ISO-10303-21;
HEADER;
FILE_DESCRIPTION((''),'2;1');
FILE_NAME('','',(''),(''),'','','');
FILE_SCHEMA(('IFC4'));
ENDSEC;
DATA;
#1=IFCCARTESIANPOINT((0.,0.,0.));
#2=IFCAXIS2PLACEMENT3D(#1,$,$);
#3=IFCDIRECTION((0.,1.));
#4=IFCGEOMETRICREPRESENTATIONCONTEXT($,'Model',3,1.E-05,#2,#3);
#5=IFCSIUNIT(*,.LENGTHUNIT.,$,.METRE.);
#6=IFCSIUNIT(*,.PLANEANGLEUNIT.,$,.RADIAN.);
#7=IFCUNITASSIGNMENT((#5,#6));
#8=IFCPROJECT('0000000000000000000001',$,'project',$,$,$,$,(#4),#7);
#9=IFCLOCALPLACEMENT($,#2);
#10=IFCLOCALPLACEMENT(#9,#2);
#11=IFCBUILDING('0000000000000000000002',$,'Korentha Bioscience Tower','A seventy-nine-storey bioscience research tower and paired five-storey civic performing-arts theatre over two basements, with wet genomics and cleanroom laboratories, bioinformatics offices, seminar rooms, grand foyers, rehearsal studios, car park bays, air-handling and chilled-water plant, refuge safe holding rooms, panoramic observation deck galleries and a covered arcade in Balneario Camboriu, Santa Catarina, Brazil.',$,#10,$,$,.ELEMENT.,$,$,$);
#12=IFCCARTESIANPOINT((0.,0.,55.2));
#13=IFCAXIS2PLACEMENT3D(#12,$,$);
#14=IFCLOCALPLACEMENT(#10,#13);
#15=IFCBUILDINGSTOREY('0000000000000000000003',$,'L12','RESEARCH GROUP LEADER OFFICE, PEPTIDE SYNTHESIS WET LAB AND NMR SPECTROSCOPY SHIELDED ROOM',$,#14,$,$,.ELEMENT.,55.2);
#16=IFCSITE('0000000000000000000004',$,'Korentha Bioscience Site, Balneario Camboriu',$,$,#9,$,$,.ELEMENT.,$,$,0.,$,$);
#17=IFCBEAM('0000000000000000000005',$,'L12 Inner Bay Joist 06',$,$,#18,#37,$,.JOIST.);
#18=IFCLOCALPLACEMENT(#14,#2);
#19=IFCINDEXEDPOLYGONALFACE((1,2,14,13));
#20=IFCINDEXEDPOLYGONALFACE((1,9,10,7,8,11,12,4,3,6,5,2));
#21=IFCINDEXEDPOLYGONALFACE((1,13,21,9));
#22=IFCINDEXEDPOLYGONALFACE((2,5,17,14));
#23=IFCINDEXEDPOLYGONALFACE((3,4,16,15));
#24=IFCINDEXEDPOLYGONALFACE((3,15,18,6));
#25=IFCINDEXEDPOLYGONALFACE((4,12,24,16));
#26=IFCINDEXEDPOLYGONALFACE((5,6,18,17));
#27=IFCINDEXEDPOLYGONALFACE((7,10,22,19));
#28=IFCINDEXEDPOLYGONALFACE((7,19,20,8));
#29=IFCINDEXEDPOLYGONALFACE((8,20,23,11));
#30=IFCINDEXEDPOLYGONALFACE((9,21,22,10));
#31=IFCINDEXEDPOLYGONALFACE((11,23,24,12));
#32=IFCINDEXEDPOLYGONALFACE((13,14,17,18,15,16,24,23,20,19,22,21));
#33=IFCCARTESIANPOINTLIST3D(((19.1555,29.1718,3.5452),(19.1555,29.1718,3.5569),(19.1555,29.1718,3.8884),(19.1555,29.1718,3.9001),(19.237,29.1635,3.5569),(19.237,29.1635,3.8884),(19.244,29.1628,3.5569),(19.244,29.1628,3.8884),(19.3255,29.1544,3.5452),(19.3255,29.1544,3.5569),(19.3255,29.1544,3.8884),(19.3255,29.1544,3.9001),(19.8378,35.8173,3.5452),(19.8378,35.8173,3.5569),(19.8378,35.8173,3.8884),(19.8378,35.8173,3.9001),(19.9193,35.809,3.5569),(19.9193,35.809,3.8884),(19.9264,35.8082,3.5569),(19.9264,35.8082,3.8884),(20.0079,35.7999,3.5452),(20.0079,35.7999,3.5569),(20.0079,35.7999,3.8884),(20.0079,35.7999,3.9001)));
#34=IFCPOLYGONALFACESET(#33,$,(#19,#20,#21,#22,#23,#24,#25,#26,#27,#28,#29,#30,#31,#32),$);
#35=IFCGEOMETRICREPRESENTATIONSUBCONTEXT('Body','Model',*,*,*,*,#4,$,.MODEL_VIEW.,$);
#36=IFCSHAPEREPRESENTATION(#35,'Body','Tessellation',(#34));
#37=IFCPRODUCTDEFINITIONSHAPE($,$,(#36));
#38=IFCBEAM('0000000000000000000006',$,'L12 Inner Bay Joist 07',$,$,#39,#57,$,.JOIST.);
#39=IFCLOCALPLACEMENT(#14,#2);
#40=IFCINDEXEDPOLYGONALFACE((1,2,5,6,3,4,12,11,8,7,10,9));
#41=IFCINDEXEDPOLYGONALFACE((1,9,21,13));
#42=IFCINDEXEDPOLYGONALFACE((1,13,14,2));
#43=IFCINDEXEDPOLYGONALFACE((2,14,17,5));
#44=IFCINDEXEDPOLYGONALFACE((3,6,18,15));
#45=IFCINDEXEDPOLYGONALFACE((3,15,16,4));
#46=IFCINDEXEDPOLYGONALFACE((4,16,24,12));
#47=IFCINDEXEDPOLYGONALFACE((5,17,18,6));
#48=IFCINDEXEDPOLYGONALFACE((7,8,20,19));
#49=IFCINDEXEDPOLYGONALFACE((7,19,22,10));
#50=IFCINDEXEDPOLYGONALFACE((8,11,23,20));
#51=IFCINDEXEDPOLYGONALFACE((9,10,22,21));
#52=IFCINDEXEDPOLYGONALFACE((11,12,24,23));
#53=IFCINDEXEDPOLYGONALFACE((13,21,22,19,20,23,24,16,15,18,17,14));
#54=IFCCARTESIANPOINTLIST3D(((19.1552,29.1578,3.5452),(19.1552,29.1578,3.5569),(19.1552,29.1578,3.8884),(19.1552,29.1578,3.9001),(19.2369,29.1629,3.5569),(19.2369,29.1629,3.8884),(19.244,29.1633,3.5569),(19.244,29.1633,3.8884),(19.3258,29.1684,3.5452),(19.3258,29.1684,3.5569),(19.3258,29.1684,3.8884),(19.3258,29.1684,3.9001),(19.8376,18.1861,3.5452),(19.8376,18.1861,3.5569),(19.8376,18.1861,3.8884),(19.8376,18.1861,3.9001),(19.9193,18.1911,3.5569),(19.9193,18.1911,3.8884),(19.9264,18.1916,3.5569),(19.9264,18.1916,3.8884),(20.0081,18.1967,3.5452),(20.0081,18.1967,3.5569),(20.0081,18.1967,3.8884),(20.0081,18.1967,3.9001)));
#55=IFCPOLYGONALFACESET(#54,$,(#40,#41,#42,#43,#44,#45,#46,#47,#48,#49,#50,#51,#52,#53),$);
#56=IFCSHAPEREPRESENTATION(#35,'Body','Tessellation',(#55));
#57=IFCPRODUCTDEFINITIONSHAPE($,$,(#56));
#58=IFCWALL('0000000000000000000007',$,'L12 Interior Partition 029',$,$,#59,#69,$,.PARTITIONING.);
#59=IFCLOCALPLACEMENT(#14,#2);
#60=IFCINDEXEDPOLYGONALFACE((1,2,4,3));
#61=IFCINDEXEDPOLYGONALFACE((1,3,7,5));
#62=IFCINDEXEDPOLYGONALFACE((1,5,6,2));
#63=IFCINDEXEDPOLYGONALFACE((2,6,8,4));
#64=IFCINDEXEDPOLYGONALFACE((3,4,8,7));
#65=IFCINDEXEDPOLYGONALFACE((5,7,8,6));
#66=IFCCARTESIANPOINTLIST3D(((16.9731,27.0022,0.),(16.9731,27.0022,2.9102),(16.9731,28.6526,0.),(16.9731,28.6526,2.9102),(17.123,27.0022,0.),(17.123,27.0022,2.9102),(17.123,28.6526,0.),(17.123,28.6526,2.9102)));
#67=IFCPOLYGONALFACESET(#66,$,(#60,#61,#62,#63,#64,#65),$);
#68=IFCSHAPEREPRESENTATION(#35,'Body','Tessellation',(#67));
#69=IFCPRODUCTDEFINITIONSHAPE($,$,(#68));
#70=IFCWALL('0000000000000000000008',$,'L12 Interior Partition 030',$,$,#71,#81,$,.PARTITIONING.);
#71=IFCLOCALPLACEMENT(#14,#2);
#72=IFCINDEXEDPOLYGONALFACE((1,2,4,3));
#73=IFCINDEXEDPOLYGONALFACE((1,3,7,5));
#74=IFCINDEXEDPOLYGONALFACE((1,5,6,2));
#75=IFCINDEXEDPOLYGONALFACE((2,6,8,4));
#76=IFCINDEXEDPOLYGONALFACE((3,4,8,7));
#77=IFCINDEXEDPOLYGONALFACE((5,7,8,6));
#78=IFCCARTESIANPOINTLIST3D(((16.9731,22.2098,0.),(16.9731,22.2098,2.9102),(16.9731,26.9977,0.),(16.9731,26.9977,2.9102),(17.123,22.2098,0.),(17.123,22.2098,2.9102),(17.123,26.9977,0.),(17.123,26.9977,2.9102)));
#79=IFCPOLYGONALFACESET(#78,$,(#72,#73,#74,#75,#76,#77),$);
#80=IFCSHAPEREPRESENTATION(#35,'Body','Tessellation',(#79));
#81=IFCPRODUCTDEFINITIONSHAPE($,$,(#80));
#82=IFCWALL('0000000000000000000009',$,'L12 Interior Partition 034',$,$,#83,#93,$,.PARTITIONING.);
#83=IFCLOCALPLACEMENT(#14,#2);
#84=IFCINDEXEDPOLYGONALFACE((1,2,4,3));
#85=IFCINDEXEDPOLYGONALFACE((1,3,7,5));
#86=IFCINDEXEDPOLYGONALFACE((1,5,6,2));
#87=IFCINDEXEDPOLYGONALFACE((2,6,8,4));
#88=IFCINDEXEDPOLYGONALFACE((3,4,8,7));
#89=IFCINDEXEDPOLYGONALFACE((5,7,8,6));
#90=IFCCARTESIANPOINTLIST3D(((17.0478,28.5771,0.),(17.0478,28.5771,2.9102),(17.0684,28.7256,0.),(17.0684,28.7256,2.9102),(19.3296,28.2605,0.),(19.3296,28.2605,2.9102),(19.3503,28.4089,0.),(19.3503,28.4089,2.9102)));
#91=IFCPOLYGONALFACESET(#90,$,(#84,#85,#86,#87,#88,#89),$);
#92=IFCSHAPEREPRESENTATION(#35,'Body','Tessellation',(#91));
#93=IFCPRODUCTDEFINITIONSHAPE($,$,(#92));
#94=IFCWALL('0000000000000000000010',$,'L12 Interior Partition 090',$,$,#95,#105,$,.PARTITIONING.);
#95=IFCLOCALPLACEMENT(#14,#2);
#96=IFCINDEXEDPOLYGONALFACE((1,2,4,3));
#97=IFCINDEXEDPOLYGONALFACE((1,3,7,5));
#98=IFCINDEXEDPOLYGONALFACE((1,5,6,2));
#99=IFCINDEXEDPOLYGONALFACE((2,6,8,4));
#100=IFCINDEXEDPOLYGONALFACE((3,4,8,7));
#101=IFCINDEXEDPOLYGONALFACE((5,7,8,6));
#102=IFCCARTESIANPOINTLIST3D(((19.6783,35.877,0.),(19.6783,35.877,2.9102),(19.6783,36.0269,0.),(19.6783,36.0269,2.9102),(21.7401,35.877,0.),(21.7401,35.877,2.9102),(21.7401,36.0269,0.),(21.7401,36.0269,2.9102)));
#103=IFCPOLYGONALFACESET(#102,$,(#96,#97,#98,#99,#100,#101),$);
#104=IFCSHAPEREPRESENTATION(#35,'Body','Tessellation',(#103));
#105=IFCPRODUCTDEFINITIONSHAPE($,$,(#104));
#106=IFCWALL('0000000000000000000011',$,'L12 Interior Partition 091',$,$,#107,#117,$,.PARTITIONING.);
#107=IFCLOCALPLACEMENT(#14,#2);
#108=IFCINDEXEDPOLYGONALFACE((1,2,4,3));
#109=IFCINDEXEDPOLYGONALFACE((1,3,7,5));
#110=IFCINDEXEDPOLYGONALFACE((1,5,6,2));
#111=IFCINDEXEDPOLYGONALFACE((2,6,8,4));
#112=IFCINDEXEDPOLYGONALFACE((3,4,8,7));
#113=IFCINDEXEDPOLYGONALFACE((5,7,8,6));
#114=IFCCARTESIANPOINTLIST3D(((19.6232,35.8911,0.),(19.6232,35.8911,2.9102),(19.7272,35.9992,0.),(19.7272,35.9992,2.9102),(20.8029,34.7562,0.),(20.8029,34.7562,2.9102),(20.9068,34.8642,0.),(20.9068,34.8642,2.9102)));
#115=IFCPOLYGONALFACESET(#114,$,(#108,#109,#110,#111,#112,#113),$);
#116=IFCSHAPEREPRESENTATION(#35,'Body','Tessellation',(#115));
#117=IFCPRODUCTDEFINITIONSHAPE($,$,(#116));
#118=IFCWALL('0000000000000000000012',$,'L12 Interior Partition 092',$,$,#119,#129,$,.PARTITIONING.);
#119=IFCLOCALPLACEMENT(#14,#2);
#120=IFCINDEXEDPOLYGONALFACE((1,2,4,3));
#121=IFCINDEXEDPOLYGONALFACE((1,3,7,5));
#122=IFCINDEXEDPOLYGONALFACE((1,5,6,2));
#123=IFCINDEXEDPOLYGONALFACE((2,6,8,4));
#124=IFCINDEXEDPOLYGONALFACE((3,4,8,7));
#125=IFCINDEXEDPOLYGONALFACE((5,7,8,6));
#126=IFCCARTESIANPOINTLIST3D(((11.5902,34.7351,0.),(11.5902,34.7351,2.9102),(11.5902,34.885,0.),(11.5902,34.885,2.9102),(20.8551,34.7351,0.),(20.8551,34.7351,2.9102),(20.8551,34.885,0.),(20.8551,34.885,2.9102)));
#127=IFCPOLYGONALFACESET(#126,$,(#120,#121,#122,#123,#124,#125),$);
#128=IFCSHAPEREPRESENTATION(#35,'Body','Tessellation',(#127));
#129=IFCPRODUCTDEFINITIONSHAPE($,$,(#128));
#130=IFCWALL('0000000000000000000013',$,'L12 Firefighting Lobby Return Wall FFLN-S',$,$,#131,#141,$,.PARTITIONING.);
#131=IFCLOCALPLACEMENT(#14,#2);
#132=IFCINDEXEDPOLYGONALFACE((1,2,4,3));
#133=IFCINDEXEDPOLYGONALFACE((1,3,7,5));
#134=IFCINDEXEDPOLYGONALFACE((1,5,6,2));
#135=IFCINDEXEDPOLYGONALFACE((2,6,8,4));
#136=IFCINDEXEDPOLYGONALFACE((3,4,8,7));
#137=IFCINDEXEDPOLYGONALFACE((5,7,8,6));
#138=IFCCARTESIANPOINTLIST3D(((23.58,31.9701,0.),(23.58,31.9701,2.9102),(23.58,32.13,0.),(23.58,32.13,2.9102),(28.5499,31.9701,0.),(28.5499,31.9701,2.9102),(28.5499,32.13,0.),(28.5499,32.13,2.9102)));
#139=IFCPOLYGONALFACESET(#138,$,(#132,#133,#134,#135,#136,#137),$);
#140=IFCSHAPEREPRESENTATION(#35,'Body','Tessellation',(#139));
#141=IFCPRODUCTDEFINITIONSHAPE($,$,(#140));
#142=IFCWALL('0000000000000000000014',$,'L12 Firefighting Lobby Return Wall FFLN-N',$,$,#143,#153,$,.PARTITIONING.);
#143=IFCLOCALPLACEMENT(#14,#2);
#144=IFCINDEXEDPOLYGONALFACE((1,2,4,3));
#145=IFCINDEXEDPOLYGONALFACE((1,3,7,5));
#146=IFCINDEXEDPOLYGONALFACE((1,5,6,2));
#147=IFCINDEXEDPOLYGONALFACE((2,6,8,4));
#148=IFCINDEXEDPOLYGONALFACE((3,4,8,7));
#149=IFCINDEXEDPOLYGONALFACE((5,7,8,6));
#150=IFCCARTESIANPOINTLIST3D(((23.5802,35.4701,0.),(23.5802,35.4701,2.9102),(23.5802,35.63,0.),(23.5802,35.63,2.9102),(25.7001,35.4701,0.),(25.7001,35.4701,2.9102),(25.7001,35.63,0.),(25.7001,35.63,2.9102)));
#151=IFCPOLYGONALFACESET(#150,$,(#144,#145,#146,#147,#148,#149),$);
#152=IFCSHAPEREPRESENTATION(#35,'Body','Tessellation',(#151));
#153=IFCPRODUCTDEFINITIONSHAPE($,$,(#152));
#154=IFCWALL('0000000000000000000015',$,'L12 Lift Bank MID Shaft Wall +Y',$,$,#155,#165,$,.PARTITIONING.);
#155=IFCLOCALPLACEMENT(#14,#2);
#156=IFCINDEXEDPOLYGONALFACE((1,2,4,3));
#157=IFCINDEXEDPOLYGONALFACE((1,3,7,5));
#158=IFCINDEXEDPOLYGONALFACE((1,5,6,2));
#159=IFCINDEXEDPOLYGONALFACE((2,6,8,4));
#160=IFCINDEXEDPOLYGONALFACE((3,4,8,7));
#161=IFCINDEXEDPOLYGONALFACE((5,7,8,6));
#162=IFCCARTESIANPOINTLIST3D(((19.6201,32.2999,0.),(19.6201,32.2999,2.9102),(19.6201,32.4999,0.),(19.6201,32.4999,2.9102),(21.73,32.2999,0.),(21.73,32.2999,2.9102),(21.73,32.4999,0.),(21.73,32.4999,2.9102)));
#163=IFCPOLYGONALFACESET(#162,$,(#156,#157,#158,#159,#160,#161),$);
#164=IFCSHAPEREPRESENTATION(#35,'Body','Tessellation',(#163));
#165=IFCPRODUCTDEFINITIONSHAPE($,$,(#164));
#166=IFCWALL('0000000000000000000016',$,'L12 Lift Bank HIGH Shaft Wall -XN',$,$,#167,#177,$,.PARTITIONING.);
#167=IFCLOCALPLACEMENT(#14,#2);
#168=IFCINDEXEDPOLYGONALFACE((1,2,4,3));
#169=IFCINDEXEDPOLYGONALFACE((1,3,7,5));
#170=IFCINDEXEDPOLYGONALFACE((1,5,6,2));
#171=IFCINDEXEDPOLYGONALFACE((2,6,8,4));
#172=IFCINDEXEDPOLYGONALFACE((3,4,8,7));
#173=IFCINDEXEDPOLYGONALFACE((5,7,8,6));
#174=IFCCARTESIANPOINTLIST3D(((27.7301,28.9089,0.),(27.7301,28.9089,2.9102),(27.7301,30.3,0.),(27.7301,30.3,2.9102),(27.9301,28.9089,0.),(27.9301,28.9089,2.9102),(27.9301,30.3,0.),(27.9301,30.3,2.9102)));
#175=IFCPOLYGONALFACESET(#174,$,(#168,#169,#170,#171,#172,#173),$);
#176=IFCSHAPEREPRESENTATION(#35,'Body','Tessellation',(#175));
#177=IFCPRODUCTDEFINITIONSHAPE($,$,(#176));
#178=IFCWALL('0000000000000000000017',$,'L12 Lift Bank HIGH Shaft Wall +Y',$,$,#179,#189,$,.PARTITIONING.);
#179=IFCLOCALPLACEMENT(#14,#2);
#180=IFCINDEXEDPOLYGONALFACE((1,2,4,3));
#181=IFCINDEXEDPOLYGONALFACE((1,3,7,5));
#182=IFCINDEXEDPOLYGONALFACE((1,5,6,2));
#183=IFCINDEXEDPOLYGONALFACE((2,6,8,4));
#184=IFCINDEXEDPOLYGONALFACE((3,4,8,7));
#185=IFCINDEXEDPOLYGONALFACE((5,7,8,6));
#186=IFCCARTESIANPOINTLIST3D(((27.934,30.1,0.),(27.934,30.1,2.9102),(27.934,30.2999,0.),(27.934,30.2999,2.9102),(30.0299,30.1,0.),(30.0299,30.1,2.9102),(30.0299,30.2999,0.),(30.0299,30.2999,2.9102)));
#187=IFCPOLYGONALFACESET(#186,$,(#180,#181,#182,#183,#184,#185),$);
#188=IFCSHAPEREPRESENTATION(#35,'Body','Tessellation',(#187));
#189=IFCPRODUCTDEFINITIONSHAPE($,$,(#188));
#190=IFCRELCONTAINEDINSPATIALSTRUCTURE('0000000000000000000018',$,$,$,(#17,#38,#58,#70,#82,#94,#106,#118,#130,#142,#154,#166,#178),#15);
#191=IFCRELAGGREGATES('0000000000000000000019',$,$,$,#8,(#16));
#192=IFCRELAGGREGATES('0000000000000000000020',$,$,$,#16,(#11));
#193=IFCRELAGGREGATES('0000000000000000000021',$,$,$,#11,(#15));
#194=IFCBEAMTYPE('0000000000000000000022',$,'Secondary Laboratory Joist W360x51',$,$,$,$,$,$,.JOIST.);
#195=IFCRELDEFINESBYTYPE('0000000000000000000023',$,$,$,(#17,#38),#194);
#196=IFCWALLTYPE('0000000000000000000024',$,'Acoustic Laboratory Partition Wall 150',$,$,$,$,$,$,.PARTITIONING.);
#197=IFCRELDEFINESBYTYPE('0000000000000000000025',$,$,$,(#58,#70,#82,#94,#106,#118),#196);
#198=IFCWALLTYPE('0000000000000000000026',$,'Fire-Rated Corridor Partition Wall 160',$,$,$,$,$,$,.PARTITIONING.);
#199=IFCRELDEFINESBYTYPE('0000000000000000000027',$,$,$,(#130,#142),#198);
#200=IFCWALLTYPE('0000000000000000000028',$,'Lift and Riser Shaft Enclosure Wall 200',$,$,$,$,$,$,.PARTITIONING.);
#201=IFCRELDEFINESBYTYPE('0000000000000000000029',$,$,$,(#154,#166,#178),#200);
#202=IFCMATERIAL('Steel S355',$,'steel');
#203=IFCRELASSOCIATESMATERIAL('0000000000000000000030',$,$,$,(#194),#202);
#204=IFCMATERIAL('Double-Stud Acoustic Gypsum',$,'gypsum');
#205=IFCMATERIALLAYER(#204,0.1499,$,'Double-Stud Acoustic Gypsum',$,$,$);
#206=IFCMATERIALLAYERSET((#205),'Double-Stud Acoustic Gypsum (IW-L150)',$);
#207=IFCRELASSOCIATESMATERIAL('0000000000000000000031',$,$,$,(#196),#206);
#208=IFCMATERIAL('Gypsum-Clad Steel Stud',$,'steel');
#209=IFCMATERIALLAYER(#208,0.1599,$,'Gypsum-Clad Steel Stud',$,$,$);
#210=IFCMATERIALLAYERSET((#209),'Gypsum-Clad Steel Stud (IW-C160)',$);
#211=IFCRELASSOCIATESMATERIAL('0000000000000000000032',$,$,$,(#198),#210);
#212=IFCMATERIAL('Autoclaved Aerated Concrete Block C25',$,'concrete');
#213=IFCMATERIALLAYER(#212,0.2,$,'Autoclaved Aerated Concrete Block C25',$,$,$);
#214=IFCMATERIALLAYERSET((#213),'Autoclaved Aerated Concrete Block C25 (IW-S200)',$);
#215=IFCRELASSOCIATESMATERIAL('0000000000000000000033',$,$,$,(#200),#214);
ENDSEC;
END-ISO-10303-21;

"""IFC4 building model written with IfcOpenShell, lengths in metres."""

from ifc_helpers import new_model, si_unit, direction, frame, frame_2d, origin, origin_2d, place, context, subcontext, project, spatial, rectangle, i_section, extrude, material, layer, layer_set, material_profile, profile_set, type_object, element, save


model = new_model("IFC4")

# Units and contexts
model_context = context("Model", 3, precision=1e-05, world=origin(), true_north=direction((0.0, 1.0)))
body_context = subcontext(model_context, "Body", "Model", "MODEL_VIEW")
ifc_project = project(units=[si_unit("LENGTHUNIT", "METRE"), si_unit("PLANEANGLEUNIT", "RADIAN")], contexts=[model_context])

# Site, building, storey
site_placement = place(None, origin())
site = spatial("IfcSite", under=ifc_project, at=site_placement, Name="Korentha Bioscience Site, Balneario Camboriu", CompositionType="ELEMENT", RefElevation=0.0)
building_placement = place(site_placement, origin())
building = spatial("IfcBuilding", under=site, at=building_placement, Name="Korentha Bioscience Tower", Description="A seventy-nine-storey bioscience research tower and paired five-storey civic performing-arts theatre over two basements, with wet genomics and cleanroom laboratories, bioinformatics offices, seminar rooms, grand foyers, rehearsal studios, car park bays, air-handling and chilled-water plant, refuge safe holding rooms, panoramic observation deck galleries and a covered arcade in Balneario Camboriu, Santa Catarina, Brazil.", CompositionType="ELEMENT")
storey_placement = place(building_placement, frame((0.0, 0.0, 55.2)))
storey = spatial("IfcBuildingStorey", under=building, at=storey_placement, Name="L12", Description="RESEARCH GROUP LEADER OFFICE, PEPTIDE SYNTHESIS WET LAB AND NMR SPECTROSCOPY SHIELDED ROOM", CompositionType="ELEMENT", Elevation=55.2)

# Beams
ifc_material_1 = material(Name="Steel S355", Category="steel")
ifc_material_profile_1 = material_profile(ifc_material_1, i_section(OverallWidth=0.1709, OverallDepth=0.355, WebThickness=0.0071, FlangeThickness=0.0117, at=origin_2d()), Name="Steel S355")
ifc_profile_set_1 = profile_set([ifc_material_profile_1], Name="Steel S355 (JB-360)")
beam_type_1 = type_object("IfcBeamType", Name="Secondary Laboratory Joist W360x51", PredefinedType="JOIST", material=ifc_profile_set_1)
beam_1_placement = place(storey_placement, frame((19.9229, 35.8086, 3.7227), z_axis=(-0.102145, -0.99477, 0.0), x_axis=(0.99477, -0.102145, 0.0)))
element("IfcBeam", 1, at=beam_1_placement, inside=storey, type_object=beam_type_1, Name="L12 Inner Bay Joist 06", PredefinedType="JOIST", context=body_context, shape_type="SweptSolid", body=[
    extrude(i_section(OverallWidth=0.1709, OverallDepth=0.355, WebThickness=0.0071, FlangeThickness=0.0117, at=origin_2d()), origin(), (0.0, 0.0, 1.0), 6.6804),
])
beam_2_placement = place(storey_placement, frame((19.2405, 29.1631, 3.7227), z_axis=(0.062074, -0.998072, 0.0), x_axis=(0.998072, 0.062074, 0.0)))
element("IfcBeam", 2, at=beam_2_placement, inside=storey, type_object=beam_type_1, Name="L12 Inner Bay Joist 07", PredefinedType="JOIST", context=body_context, shape_type="SweptSolid", body=[
    extrude(i_section(OverallWidth=0.1709, OverallDepth=0.355, WebThickness=0.0071, FlangeThickness=0.0117, at=origin_2d()), origin(), (0.0, 0.0, 1.0), 10.9929),
])

# Walls
ifc_material_2 = material(Name="Double-Stud Acoustic Gypsum", Category="gypsum")
ifc_layer_1 = layer(ifc_material_2, 0.1499, Name="Double-Stud Acoustic Gypsum")
ifc_layer_set_1 = layer_set([ifc_layer_1], Name="Double-Stud Acoustic Gypsum (IW-L150)")
wall_type_1 = type_object("IfcWallType", Name="Acoustic Laboratory Partition Wall 150", PredefinedType="PARTITIONING", material=ifc_layer_set_1)
wall_1_placement = place(storey_placement, frame((17.0481, 28.6526, 0.0), z_axis=(0.0, 0.0, 1.0), x_axis=(0.0, -1.0, 0.0)))
element("IfcWall", 3, at=wall_1_placement, inside=storey, type_object=wall_type_1, Name="L12 Interior Partition 029", PredefinedType="PARTITIONING", context=body_context, shape_type="SweptSolid", body=[
    extrude(rectangle(XDim=1.6504, YDim=0.1499, at=frame_2d((0.8252, 0.0))), origin(), (0.0, 0.0, 1.0), 2.9102),
])
wall_2_placement = place(storey_placement, frame((17.0481, 26.9978, 0.0), z_axis=(0.0, 0.0, 1.0), x_axis=(0.0, -1.0, 0.0)))
element("IfcWall", 4, at=wall_2_placement, inside=storey, type_object=wall_type_1, Name="L12 Interior Partition 030", PredefinedType="PARTITIONING", context=body_context, shape_type="SweptSolid", body=[
    extrude(rectangle(XDim=4.7878, YDim=0.1499, at=frame_2d((2.394, 0.0))), origin(), (0.0, 0.0, 1.0), 2.9102),
])
wall_3_placement = place(storey_placement, frame((17.0581, 28.6514, 0.0), z_axis=(0.0, 0.0, 1.0), x_axis=(0.990508, -0.137459, 0.0)))
element("IfcWall", 5, at=wall_3_placement, inside=storey, type_object=wall_type_1, Name="L12 Interior Partition 034", PredefinedType="PARTITIONING", context=body_context, shape_type="SweptSolid", body=[
    extrude(rectangle(XDim=2.3037, YDim=0.1499, at=frame_2d((1.1519, 0.0))), origin(), (0.0, 0.0, 1.0), 2.9102),
])
wall_4_placement = place(storey_placement, frame((21.74, 35.9519, 0.0), z_axis=(0.0, 0.0, 1.0), x_axis=(-1.0, 0.0, 0.0)))
element("IfcWall", 6, at=wall_4_placement, inside=storey, type_object=wall_type_1, Name="L12 Interior Partition 090", PredefinedType="PARTITIONING", context=body_context, shape_type="SweptSolid", body=[
    extrude(rectangle(XDim=2.0618, YDim=0.1499, at=frame_2d((1.0308, 0.0))), origin(), (0.0, 0.0, 1.0), 2.9102),
])
wall_5_placement = place(storey_placement, frame((19.6753, 35.9451, 0.0), z_axis=(0.0, 0.0, 1.0), x_axis=(0.720621, -0.693329, 0.0)))
element("IfcWall", 7, at=wall_5_placement, inside=storey, type_object=wall_type_1, Name="L12 Interior Partition 091", PredefinedType="PARTITIONING", context=body_context, shape_type="SweptSolid", body=[
    extrude(rectangle(XDim=1.637, YDim=0.1499, at=frame_2d((0.8184, 0.0))), origin(), (0.0, 0.0, 1.0), 2.9102),
])
wall_6_placement = place(storey_placement, frame((20.855, 34.8101, 0.0), z_axis=(0.0, 0.0, 1.0), x_axis=(-1.0, 0.0, 0.0)))
element("IfcWall", 8, at=wall_6_placement, inside=storey, type_object=wall_type_1, Name="L12 Interior Partition 092", PredefinedType="PARTITIONING", context=body_context, shape_type="SweptSolid", body=[
    extrude(rectangle(XDim=9.2649, YDim=0.1499, at=frame_2d((4.6323, 0.0))), origin(), (0.0, 0.0, 1.0), 2.9102),
])

# Shared definitions
ifc_material_3 = material(Name="Gypsum-Clad Steel Stud", Category="steel")
ifc_layer_2 = layer(ifc_material_3, 0.1599, Name="Gypsum-Clad Steel Stud")
ifc_layer_set_2 = layer_set([ifc_layer_2], Name="Gypsum-Clad Steel Stud (IW-C160)")
wall_type_2 = type_object("IfcWallType", Name="Fire-Rated Corridor Partition Wall 160", PredefinedType="PARTITIONING", material=ifc_layer_set_2)

# Walls
wall_7_placement = place(storey_placement, frame((23.5801, 32.05, 0.0), z_axis=(0.0, 0.0, 1.0), x_axis=(1.0, 0.0, 0.0)))
element("IfcWall", 9, at=wall_7_placement, inside=storey, type_object=wall_type_2, Name="L12 Firefighting Lobby Return Wall FFLN-S", PredefinedType="PARTITIONING", context=body_context, shape_type="SweptSolid", body=[
    extrude(rectangle(XDim=4.97, YDim=0.1599, at=frame_2d((2.4849, 0.0))), origin(), (0.0, 0.0, 1.0), 2.9102),
])
wall_8_placement = place(storey_placement, frame((23.5801, 35.55, 0.0), z_axis=(0.0, 0.0, 1.0), x_axis=(1.0, 0.0, 0.0)))
element("IfcWall", 10, at=wall_8_placement, inside=storey, type_object=wall_type_2, Name="L12 Firefighting Lobby Return Wall FFLN-N", PredefinedType="PARTITIONING", context=body_context, shape_type="SweptSolid", body=[
    extrude(rectangle(XDim=2.1199, YDim=0.1599, at=frame_2d((1.0601, 0.0))), origin(), (0.0, 0.0, 1.0), 2.9102),
])
ifc_material_4 = material(Name="Autoclaved Aerated Concrete Block C25", Category="concrete")
ifc_layer_3 = layer(ifc_material_4, 0.2, Name="Autoclaved Aerated Concrete Block C25")
ifc_layer_set_3 = layer_set([ifc_layer_3], Name="Autoclaved Aerated Concrete Block C25 (IW-S200)")
wall_type_3 = type_object("IfcWallType", Name="Lift and Riser Shaft Enclosure Wall 200", PredefinedType="PARTITIONING", material=ifc_layer_set_3)
wall_9_placement = place(storey_placement, frame((19.6201, 32.3999, 0.0), z_axis=(0.0, 0.0, 1.0), x_axis=(1.0, 0.0, 0.0)))
element("IfcWall", 11, at=wall_9_placement, inside=storey, type_object=wall_type_3, Name="L12 Lift Bank MID Shaft Wall +Y", PredefinedType="PARTITIONING", context=body_context, shape_type="SweptSolid", body=[
    extrude(rectangle(XDim=2.1099, YDim=0.2, at=frame_2d((1.0549, 0.0))), origin(), (0.0, 0.0, 1.0), 2.9102),
])
wall_10_placement = place(storey_placement, frame((27.8301, 28.9089, 0.0), z_axis=(0.0, 0.0, 1.0), x_axis=(0.0, 1.0, 0.0)))
element("IfcWall", 12, at=wall_10_placement, inside=storey, type_object=wall_type_3, Name="L12 Lift Bank HIGH Shaft Wall -XN", PredefinedType="PARTITIONING", context=body_context, shape_type="SweptSolid", body=[
    extrude(rectangle(XDim=1.3911, YDim=0.2, at=frame_2d((0.6956, 0.0))), origin(), (0.0, 0.0, 1.0), 2.9102),
])
wall_11_placement = place(storey_placement, frame((27.9341, 30.2, 0.0), z_axis=(0.0, 0.0, 1.0), x_axis=(1.0, 0.0, 0.0)))
element("IfcWall", 13, at=wall_11_placement, inside=storey, type_object=wall_type_3, Name="L12 Lift Bank HIGH Shaft Wall +Y", PredefinedType="PARTITIONING", context=body_context, shape_type="SweptSolid", body=[
    extrude(rectangle(XDim=2.0959, YDim=0.2, at=frame_2d((1.0479, 0.0))), origin(), (0.0, 0.0, 1.0), 2.9102),
])

save(model, "model.ifc")
